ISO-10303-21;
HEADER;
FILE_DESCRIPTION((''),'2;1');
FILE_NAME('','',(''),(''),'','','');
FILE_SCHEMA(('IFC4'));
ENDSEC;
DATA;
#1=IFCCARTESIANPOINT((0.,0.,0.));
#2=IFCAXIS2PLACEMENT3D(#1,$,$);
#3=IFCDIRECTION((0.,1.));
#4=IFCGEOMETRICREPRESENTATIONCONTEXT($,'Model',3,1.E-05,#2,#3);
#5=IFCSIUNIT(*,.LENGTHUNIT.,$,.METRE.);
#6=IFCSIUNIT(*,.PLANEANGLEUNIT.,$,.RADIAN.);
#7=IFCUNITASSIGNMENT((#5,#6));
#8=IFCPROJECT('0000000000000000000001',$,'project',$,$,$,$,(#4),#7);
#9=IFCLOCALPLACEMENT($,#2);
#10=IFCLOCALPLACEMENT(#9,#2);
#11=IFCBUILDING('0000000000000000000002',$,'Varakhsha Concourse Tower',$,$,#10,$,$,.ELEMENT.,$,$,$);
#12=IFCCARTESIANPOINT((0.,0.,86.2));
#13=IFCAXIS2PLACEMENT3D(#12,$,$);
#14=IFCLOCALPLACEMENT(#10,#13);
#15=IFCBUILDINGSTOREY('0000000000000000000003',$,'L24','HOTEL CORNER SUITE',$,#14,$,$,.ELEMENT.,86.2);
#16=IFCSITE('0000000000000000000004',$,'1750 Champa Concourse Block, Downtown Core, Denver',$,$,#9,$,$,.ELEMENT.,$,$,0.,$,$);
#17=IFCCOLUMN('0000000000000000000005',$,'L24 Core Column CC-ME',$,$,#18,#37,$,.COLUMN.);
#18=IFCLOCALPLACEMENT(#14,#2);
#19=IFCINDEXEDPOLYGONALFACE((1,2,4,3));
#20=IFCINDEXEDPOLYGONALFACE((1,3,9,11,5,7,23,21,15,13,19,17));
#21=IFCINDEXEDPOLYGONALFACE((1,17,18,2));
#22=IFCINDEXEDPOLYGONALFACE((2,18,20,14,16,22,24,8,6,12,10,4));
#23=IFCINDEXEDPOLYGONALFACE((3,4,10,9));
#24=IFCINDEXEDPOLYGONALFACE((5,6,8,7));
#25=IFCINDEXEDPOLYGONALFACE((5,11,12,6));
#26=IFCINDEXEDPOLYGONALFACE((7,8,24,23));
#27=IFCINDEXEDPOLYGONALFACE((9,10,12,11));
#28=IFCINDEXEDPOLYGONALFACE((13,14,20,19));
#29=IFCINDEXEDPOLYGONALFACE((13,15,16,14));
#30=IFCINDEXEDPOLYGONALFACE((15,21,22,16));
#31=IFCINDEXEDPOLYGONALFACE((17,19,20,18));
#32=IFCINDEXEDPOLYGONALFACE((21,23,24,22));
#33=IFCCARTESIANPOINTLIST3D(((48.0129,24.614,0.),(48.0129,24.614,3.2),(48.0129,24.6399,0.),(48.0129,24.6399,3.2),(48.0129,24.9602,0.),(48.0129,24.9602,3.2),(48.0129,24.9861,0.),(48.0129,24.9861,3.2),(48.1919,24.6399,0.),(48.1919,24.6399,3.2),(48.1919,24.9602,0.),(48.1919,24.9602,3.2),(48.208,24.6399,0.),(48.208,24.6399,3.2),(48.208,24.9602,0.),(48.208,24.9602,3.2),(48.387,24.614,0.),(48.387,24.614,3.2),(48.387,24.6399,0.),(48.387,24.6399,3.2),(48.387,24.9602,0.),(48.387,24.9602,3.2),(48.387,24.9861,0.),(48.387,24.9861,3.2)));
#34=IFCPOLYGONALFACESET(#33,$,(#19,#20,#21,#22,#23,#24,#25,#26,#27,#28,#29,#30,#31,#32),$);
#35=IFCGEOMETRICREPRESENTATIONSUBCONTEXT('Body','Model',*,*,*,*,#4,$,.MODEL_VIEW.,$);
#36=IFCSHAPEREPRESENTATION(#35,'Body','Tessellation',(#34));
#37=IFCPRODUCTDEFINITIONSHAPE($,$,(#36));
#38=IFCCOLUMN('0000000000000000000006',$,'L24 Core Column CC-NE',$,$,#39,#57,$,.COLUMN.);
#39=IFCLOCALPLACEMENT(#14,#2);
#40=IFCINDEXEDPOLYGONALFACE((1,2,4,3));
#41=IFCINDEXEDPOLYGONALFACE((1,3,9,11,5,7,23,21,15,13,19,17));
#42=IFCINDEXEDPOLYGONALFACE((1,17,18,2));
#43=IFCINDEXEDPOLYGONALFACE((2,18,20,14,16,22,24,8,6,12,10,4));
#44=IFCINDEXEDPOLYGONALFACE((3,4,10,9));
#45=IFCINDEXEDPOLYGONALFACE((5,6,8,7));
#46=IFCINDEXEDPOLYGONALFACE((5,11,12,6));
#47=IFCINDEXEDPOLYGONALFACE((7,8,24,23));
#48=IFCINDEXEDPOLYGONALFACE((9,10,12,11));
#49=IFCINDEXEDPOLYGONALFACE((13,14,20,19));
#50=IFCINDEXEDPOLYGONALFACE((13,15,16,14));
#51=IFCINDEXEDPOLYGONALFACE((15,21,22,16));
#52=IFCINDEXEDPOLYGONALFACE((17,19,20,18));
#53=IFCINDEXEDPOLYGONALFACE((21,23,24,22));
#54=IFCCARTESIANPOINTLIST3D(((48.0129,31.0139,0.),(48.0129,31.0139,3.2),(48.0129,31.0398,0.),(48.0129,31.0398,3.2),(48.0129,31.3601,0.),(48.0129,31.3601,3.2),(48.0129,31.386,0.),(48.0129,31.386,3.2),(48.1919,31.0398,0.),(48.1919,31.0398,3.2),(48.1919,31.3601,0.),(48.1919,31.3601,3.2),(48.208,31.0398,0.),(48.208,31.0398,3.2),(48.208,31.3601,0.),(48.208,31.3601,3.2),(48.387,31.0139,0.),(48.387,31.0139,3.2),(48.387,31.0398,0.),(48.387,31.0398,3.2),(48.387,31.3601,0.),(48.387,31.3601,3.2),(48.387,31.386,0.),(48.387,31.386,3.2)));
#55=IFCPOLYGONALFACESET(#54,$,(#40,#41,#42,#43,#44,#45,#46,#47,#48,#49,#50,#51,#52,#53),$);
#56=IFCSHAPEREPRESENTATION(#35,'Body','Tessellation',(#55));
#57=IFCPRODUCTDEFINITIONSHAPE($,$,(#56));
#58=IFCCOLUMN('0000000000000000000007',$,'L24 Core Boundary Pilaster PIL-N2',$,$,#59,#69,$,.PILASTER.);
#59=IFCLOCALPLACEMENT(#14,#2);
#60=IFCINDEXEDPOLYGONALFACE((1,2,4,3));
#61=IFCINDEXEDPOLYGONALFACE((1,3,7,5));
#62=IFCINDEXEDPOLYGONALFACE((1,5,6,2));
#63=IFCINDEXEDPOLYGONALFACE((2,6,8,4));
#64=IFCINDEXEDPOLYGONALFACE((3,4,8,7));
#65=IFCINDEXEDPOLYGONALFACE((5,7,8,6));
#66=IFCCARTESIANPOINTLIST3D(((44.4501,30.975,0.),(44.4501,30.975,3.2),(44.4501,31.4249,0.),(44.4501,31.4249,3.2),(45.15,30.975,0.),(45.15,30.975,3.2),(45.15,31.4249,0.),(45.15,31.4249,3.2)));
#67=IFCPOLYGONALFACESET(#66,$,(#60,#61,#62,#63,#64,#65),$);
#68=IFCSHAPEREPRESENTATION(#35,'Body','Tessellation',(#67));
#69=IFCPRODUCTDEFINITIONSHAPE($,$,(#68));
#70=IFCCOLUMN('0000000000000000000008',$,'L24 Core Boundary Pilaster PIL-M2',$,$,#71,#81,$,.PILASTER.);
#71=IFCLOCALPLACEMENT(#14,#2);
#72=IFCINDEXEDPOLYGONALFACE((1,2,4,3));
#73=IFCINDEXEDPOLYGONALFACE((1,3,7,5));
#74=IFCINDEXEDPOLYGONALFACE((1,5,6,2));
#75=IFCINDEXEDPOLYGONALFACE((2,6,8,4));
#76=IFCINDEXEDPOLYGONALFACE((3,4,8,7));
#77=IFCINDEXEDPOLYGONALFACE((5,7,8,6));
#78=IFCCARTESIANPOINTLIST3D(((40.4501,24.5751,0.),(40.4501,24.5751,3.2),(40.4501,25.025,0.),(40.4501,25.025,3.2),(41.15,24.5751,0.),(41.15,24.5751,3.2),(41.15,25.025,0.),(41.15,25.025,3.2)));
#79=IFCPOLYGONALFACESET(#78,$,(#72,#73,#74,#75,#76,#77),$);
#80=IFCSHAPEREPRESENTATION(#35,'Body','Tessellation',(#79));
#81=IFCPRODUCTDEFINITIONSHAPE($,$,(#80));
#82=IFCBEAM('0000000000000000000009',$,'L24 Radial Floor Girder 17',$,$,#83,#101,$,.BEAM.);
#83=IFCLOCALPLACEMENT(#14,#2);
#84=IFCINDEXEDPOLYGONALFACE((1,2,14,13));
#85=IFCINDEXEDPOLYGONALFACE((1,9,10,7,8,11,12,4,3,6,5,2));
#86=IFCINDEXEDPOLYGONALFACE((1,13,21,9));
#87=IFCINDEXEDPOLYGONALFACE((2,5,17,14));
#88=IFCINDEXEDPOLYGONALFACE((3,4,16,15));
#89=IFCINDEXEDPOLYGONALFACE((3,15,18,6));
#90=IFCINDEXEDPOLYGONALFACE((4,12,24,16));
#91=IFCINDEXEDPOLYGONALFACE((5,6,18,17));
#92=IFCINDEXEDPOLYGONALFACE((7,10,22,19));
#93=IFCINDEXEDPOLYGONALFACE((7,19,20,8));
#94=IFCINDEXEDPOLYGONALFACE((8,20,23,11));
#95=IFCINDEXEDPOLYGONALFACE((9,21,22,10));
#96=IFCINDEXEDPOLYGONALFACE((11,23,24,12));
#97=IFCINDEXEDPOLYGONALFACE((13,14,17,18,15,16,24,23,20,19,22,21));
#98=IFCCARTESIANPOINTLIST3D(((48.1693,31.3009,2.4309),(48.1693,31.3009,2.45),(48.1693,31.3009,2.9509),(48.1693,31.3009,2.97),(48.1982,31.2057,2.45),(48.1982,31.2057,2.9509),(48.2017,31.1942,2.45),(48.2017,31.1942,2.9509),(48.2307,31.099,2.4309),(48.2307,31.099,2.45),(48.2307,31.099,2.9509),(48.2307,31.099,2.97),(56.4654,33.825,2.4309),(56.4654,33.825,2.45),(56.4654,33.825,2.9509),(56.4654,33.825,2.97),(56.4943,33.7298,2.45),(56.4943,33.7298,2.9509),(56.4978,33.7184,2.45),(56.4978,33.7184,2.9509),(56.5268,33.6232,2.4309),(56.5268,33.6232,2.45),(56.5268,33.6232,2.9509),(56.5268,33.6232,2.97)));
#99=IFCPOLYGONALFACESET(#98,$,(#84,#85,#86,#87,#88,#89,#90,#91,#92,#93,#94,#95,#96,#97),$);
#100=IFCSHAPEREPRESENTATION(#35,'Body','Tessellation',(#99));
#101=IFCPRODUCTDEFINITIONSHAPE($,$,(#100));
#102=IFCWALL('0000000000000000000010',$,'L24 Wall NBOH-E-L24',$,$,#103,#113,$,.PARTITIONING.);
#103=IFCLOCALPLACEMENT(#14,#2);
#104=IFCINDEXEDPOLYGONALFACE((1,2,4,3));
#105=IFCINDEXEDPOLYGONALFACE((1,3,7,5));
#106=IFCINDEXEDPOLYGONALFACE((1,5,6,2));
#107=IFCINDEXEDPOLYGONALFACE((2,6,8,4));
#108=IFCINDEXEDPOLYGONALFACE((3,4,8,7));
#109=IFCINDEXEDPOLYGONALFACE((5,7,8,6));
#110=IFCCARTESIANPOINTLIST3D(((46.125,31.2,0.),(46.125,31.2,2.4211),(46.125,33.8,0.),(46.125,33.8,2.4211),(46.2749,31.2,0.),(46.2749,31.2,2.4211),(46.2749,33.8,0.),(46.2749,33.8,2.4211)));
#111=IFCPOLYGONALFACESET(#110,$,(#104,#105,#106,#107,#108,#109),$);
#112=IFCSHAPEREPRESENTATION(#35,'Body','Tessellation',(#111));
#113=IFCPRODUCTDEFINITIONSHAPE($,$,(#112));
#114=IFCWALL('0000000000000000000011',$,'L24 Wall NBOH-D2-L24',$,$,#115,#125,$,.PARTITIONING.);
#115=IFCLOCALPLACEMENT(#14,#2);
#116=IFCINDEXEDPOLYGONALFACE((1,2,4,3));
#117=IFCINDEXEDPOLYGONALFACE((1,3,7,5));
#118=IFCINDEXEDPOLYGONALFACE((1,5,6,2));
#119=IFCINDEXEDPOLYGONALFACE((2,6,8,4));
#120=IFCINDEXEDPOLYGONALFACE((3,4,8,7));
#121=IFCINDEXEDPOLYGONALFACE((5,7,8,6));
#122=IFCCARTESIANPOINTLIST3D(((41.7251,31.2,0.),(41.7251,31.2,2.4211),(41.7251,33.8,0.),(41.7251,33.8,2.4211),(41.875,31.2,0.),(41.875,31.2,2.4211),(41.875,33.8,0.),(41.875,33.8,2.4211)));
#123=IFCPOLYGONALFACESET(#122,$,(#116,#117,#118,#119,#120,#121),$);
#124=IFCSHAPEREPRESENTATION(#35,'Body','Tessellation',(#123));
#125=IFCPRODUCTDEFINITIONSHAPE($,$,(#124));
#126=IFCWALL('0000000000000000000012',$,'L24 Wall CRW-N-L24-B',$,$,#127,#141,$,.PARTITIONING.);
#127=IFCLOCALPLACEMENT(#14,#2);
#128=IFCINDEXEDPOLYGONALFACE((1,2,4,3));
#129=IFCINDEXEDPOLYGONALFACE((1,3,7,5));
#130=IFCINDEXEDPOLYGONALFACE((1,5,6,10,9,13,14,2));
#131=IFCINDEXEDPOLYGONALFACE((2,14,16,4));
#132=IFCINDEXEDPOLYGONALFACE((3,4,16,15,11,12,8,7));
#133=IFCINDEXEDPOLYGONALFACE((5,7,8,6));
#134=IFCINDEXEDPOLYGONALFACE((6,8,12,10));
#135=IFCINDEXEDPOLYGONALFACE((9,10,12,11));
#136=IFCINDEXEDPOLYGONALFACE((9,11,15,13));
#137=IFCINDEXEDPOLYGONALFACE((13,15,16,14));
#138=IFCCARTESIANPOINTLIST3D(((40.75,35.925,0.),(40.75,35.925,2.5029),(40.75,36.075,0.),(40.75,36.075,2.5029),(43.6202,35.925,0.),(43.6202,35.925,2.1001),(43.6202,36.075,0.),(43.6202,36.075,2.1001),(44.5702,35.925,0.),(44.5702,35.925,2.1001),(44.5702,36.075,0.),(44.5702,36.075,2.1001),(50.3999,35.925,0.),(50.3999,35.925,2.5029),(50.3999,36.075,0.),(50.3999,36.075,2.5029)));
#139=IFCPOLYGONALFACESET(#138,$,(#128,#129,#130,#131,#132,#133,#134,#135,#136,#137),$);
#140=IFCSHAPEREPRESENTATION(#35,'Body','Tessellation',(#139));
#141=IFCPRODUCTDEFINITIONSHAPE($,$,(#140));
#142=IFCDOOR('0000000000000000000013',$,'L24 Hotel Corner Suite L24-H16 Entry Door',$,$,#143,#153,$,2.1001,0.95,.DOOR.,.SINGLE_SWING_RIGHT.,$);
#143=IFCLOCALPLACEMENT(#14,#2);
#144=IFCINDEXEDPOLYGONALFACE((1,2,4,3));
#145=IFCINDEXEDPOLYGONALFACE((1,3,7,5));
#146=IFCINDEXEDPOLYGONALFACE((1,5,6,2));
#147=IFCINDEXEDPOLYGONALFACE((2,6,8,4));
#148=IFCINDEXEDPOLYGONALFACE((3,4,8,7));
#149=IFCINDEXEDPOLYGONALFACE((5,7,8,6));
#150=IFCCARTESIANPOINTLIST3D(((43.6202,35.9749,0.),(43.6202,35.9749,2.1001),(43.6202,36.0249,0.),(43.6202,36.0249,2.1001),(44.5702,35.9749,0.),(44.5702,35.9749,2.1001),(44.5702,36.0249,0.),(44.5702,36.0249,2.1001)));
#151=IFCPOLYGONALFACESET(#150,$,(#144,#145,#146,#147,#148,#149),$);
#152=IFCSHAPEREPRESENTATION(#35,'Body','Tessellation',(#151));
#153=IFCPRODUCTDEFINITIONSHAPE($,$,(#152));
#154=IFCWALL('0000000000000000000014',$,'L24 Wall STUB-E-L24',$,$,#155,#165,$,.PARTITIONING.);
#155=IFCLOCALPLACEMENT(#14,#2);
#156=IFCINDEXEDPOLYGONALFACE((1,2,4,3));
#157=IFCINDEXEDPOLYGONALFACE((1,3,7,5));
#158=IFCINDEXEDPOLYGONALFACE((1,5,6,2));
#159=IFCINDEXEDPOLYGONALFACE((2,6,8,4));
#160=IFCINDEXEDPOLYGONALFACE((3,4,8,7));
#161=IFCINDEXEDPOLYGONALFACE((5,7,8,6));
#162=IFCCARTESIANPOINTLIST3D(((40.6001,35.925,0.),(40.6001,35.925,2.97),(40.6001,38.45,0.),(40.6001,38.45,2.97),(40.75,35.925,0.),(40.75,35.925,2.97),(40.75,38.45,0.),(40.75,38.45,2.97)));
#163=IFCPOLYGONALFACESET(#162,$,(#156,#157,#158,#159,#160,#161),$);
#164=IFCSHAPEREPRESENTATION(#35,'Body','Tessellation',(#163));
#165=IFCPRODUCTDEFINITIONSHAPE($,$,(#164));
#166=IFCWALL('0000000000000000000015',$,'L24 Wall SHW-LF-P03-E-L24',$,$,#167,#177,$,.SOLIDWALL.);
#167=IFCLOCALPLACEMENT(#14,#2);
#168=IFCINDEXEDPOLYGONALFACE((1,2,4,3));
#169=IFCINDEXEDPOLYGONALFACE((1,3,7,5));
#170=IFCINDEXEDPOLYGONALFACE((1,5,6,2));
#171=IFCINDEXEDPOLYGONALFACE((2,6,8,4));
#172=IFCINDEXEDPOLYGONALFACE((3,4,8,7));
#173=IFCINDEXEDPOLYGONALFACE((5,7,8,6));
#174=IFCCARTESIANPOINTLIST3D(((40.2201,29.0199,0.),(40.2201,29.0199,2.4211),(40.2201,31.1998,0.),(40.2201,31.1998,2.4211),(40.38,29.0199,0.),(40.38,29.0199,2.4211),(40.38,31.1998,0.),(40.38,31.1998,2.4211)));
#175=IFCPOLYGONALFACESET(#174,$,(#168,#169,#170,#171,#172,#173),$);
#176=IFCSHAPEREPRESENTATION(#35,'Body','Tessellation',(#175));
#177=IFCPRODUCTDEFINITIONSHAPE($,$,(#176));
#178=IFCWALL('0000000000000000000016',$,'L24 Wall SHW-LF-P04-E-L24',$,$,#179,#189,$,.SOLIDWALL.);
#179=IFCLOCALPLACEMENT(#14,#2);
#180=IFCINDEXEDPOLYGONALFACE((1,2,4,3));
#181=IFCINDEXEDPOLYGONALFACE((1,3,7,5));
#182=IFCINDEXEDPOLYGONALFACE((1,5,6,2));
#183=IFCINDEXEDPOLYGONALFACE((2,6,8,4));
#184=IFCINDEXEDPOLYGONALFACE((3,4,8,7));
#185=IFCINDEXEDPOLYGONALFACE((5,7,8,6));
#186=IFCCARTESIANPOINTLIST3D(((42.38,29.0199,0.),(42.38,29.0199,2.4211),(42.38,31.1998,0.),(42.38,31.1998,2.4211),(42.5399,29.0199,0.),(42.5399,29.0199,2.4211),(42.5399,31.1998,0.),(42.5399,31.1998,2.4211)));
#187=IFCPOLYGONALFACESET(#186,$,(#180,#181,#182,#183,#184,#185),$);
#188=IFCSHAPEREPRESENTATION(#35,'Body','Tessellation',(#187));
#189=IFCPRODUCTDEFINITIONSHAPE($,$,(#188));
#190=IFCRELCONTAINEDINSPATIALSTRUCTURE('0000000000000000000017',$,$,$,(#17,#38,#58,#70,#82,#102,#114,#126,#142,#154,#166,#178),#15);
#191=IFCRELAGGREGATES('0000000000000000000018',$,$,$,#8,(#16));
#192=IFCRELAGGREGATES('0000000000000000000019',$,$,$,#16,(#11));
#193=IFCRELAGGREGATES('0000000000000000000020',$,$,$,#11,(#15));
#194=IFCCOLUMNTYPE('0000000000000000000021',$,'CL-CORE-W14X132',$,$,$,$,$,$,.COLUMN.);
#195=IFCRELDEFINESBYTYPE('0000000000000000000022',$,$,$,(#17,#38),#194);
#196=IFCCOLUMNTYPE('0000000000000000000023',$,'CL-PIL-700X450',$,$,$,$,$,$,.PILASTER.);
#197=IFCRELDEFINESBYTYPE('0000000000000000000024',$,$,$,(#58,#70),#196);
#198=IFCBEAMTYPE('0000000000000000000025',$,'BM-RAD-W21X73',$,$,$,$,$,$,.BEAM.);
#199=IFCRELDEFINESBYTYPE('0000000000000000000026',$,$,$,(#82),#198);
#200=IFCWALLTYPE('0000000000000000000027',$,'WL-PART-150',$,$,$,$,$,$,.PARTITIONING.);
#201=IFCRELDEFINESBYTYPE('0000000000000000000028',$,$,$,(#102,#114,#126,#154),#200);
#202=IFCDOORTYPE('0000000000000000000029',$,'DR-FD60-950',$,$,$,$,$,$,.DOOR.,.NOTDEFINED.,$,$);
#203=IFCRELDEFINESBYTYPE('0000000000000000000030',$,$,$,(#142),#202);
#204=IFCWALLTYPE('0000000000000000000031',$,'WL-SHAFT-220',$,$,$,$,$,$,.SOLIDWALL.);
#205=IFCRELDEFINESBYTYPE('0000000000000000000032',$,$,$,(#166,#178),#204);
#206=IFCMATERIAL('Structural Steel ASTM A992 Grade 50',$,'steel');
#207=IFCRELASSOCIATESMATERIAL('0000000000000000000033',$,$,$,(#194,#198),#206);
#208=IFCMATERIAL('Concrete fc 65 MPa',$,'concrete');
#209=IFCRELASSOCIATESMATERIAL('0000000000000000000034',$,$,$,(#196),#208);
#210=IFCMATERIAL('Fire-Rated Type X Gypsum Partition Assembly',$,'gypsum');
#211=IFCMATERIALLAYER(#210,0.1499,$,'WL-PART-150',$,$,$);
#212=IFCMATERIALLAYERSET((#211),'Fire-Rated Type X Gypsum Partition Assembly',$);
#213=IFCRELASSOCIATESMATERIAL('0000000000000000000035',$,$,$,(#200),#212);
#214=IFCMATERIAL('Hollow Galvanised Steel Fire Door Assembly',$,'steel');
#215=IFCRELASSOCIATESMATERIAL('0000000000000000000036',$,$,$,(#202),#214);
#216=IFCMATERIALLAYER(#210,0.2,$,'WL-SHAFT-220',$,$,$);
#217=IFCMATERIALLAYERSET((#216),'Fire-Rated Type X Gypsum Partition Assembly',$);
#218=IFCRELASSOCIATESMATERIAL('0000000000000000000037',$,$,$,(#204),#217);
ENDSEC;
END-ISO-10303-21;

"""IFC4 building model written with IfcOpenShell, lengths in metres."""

from ifc_helpers import new_model, si_unit, direction, frame, frame_2d, origin, origin_2d, place, context, subcontext, project, spatial, rectangle, i_section, extrude, material, layer, layer_set, material_profile, profile_set, type_object, element, fill, save


model = new_model("IFC4")

# Units and contexts
model_context = context("Model", 3, precision=1e-05, world=origin(), true_north=direction((0.0, 1.0)))
body_context = subcontext(model_context, "Body", "Model", "MODEL_VIEW")
ifc_project = project(units=[si_unit("LENGTHUNIT", "METRE"), si_unit("PLANEANGLEUNIT", "RADIAN")], contexts=[model_context])

# Site, building, storey
site_placement = place(None, origin())
site = spatial("IfcSite", under=ifc_project, at=site_placement, Name="1750 Champa Concourse Block, Downtown Core, Denver", CompositionType="ELEMENT", RefElevation=0.0)
building_placement = place(site_placement, origin())
building = spatial("IfcBuilding", under=site, at=building_placement, Name="Varakhsha Concourse Tower", CompositionType="ELEMENT")
storey_placement = place(building_placement, frame((0.0, 0.0, 86.2)))
storey = spatial("IfcBuildingStorey", under=building, at=storey_placement, Name="L24", Description="HOTEL CORNER SUITE", CompositionType="ELEMENT", Elevation=86.2)

# Columns
ifc_material_1 = material(Name="Structural Steel ASTM A992 Grade 50", Category="steel")
ifc_material_profile_1 = material_profile(ifc_material_1, i_section(OverallWidth=0.374, OverallDepth=0.3721, WebThickness=0.0161, FlangeThickness=0.0259, at=origin_2d()), Name="W14X132")
ifc_profile_set_1 = profile_set([ifc_material_profile_1], Name="Structural Steel ASTM A992 Grade 50")
column_type_1 = type_object("IfcColumnType", Name="CL-CORE-W14X132", PredefinedType="COLUMN", material=ifc_profile_set_1)
for number, where, z_axis, x_axis, name in (
    (1, (48.2, 24.8, 0.0), (0.0, 0.0, 1.0), (1.0, 0.0, 0.0), "L24 Core Column CC-ME"),
    (2, (48.2, 31.2, 0.0), (0.0, 0.0, 1.0), (1.0, 0.0, 0.0), "L24 Core Column CC-NE"),
):
    element("IfcColumn", number, at=place(storey_placement, frame(where, z_axis=z_axis, x_axis=x_axis)), inside=storey, type_object=column_type_1, Name=name, PredefinedType="COLUMN", context=body_context, shape_type="SweptSolid", body=[
        extrude(i_section(OverallWidth=0.374, OverallDepth=0.3721, WebThickness=0.0161, FlangeThickness=0.0259, at=origin_2d()), origin(), (0.0, 0.0, 1.0), 3.2),
    ])
ifc_material_2 = material(Name="Concrete fc 65 MPa", Category="concrete")
ifc_material_profile_2 = material_profile(ifc_material_2, rectangle(XDim=0.7, YDim=0.45, at=origin_2d()), Name="RC 700x450")
ifc_profile_set_2 = profile_set([ifc_material_profile_2], Name="Concrete fc 65 MPa")
column_type_2 = type_object("IfcColumnType", Name="CL-PIL-700X450", PredefinedType="PILASTER", material=ifc_profile_set_2)
for number, where, z_axis, x_axis, name in (
    (3, (44.8, 31.2, 0.0), (0.0, 0.0, 1.0), (1.0, 0.0, 0.0), "L24 Core Boundary Pilaster PIL-N2"),
    (4, (40.8, 24.8, 0.0), (0.0, 0.0, 1.0), (1.0, 0.0, 0.0), "L24 Core Boundary Pilaster PIL-M2"),
):
    element("IfcColumn", number, at=place(storey_placement, frame(where, z_axis=z_axis, x_axis=x_axis)), inside=storey, type_object=column_type_2, Name=name, PredefinedType="PILASTER", context=body_context, shape_type="SweptSolid", body=[
        extrude(rectangle(XDim=0.7, YDim=0.45, at=origin_2d()), origin(), (0.0, 0.0, 1.0), 3.2),
    ])

# Beam
ifc_material_profile_3 = material_profile(ifc_material_1, i_section(OverallWidth=0.2109, OverallDepth=0.5391, WebThickness=0.012, FlangeThickness=0.019, at=origin_2d()), Name="W21X73")
ifc_profile_set_3 = profile_set([ifc_material_profile_3], Name="Structural Steel ASTM A992 Grade 50")
beam_type = type_object("IfcBeamType", Name="BM-RAD-W21X73", PredefinedType="BEAM", material=ifc_profile_set_3)
beam_placement = place(storey_placement, frame((48.2, 31.2, 2.7004), z_axis=(0.956698, 0.291083, 0.0), x_axis=(-0.291083, 0.956698, 0.0)))
element("IfcBeam", 5, at=beam_placement, inside=storey, type_object=beam_type, Name="L24 Radial Floor Girder 17", PredefinedType="BEAM", context=body_context, shape_type="SweptSolid", body=[
    extrude(i_section(OverallWidth=0.2109, OverallDepth=0.5391, WebThickness=0.012, FlangeThickness=0.019, at=origin_2d()), origin(), (0.0, 0.0, 1.0), 8.6716),
])

# Walls
ifc_material_3 = material(Name="Fire-Rated Type X Gypsum Partition Assembly", Category="gypsum")
ifc_layer_1 = layer(ifc_material_3, 0.1499, Name="WL-PART-150")
ifc_layer_set_1 = layer_set([ifc_layer_1], Name="Fire-Rated Type X Gypsum Partition Assembly")
wall_type_1 = type_object("IfcWallType", Name="WL-PART-150", PredefinedType="PARTITIONING", material=ifc_layer_set_1)
for number, where, z_axis, x_axis, name in (
    (6, (46.2, 31.2, 0.0), (0.0, 0.0, 1.0), (0.0, 1.0, 0.0), "L24 Wall NBOH-E-L24"),
    (7, (41.8, 31.2, 0.0), (0.0, 0.0, 1.0), (0.0, 1.0, 0.0), "L24 Wall NBOH-D2-L24"),
):
    element("IfcWall", number, at=place(storey_placement, frame(where, z_axis=z_axis, x_axis=x_axis)), inside=storey, type_object=wall_type_1, Name=name, PredefinedType="PARTITIONING", context=body_context, shape_type="SweptSolid", body=[
        extrude(rectangle(XDim=2.6001, YDim=0.1499, at=frame_2d((1.3, 0.0))), origin(), (0.0, 0.0, 1.0), 2.4211),
    ])

# Wall, opening, door
wall_1_placement = place(storey_placement, frame((40.75, 36.0, 0.0), z_axis=(0.0, 0.0, 1.0), x_axis=(1.0, 0.0, 0.0)))
wall_1 = element("IfcWall", 8, at=wall_1_placement, inside=storey, type_object=wall_type_1, Name="L24 Wall CRW-N-L24-B", PredefinedType="PARTITIONING", context=body_context, shape_type="SweptSolid", body=[
    extrude(rectangle(XDim=9.6499, YDim=0.1499, at=frame_2d((4.825, 0.0))), origin(), (0.0, 0.0, 1.0), 2.5029),
])
opening_placement = place(wall_1_placement, frame((2.8701, 0.0, 0.0)))
opening = element("IfcOpeningElement", 9, at=opening_placement, cuts=wall_1, PredefinedType="OPENING", context=body_context, shape_type="SweptSolid", body=[
    extrude(rectangle(XDim=0.95, YDim=2.1001, at=frame_2d((0.4751, 1.05))), frame((0.0, 0.085, 0.0), z_axis=(0.0, -1.0, 0.0), x_axis=(1.0, 0.0, 0.0)), (0.0, 0.0, 1.0), 0.1699),
])
ifc_material_4 = material(Name="Hollow Galvanised Steel Fire Door Assembly", Category="steel")
door_type = type_object("IfcDoorType", Name="DR-FD60-950", OperationType="NOTDEFINED", PredefinedType="DOOR", material=ifc_material_4)
door_placement = place(opening_placement, origin())
door = element("IfcDoor", 10, at=door_placement, inside=storey, type_object=door_type, Name="L24 Hotel Corner Suite L24-H16 Entry Door", OperationType="SINGLE_SWING_RIGHT", OverallHeight=2.1001, OverallWidth=0.95, PredefinedType="DOOR", context=body_context, shape_type="SweptSolid", body=[
    extrude(rectangle(XDim=0.95, YDim=2.1001, at=frame_2d((0.4751, 1.05))), frame((0.0, 0.0249, 0.0), z_axis=(0.0, -1.0, 0.0), x_axis=(1.0, 0.0, 0.0)), (0.0, 0.0, 1.0), 0.05),
])
fill(opening, door)

# Walls
wall_2_placement = place(storey_placement, frame((40.675, 35.925, 0.0), z_axis=(0.0, 0.0, 1.0), x_axis=(0.0, 1.0, 0.0)))
element("IfcWall", 11, at=wall_2_placement, inside=storey, type_object=wall_type_1, Name="L24 Wall STUB-E-L24", PredefinedType="PARTITIONING", context=body_context, shape_type="SweptSolid", body=[
    extrude(rectangle(XDim=2.5249, YDim=0.1499, at=frame_2d((1.2625, 0.0))), origin(), (0.0, 0.0, 1.0), 2.97),
])
ifc_layer_2 = layer(ifc_material_3, 0.2, Name="WL-SHAFT-220")
ifc_layer_set_2 = layer_set([ifc_layer_2], Name="Fire-Rated Type X Gypsum Partition Assembly")
wall_type_2 = type_object("IfcWallType", Name="WL-SHAFT-220", PredefinedType="SOLIDWALL", material=ifc_layer_set_2)
for number, where, z_axis, x_axis, name in (
    (12, (40.3, 29.02, 0.0), (0.0, 0.0, 1.0), (0.0, 1.0, 0.0), "L24 Wall SHW-LF-P03-E-L24"),
    (13, (42.46, 29.02, 0.0), (0.0, 0.0, 1.0), (0.0, 1.0, 0.0), "L24 Wall SHW-LF-P04-E-L24"),
):
    element("IfcWall", number, at=place(storey_placement, frame(where, z_axis=z_axis, x_axis=x_axis)), inside=storey, type_object=wall_type_2, Name=name, PredefinedType="SOLIDWALL", context=body_context, shape_type="SweptSolid", body=[
        extrude(rectangle(XDim=2.1799, YDim=0.1599, at=frame_2d((1.0898, 0.0))), origin(), (0.0, 0.0, 1.0), 2.4211),
    ])

save(model, "model.ifc")
